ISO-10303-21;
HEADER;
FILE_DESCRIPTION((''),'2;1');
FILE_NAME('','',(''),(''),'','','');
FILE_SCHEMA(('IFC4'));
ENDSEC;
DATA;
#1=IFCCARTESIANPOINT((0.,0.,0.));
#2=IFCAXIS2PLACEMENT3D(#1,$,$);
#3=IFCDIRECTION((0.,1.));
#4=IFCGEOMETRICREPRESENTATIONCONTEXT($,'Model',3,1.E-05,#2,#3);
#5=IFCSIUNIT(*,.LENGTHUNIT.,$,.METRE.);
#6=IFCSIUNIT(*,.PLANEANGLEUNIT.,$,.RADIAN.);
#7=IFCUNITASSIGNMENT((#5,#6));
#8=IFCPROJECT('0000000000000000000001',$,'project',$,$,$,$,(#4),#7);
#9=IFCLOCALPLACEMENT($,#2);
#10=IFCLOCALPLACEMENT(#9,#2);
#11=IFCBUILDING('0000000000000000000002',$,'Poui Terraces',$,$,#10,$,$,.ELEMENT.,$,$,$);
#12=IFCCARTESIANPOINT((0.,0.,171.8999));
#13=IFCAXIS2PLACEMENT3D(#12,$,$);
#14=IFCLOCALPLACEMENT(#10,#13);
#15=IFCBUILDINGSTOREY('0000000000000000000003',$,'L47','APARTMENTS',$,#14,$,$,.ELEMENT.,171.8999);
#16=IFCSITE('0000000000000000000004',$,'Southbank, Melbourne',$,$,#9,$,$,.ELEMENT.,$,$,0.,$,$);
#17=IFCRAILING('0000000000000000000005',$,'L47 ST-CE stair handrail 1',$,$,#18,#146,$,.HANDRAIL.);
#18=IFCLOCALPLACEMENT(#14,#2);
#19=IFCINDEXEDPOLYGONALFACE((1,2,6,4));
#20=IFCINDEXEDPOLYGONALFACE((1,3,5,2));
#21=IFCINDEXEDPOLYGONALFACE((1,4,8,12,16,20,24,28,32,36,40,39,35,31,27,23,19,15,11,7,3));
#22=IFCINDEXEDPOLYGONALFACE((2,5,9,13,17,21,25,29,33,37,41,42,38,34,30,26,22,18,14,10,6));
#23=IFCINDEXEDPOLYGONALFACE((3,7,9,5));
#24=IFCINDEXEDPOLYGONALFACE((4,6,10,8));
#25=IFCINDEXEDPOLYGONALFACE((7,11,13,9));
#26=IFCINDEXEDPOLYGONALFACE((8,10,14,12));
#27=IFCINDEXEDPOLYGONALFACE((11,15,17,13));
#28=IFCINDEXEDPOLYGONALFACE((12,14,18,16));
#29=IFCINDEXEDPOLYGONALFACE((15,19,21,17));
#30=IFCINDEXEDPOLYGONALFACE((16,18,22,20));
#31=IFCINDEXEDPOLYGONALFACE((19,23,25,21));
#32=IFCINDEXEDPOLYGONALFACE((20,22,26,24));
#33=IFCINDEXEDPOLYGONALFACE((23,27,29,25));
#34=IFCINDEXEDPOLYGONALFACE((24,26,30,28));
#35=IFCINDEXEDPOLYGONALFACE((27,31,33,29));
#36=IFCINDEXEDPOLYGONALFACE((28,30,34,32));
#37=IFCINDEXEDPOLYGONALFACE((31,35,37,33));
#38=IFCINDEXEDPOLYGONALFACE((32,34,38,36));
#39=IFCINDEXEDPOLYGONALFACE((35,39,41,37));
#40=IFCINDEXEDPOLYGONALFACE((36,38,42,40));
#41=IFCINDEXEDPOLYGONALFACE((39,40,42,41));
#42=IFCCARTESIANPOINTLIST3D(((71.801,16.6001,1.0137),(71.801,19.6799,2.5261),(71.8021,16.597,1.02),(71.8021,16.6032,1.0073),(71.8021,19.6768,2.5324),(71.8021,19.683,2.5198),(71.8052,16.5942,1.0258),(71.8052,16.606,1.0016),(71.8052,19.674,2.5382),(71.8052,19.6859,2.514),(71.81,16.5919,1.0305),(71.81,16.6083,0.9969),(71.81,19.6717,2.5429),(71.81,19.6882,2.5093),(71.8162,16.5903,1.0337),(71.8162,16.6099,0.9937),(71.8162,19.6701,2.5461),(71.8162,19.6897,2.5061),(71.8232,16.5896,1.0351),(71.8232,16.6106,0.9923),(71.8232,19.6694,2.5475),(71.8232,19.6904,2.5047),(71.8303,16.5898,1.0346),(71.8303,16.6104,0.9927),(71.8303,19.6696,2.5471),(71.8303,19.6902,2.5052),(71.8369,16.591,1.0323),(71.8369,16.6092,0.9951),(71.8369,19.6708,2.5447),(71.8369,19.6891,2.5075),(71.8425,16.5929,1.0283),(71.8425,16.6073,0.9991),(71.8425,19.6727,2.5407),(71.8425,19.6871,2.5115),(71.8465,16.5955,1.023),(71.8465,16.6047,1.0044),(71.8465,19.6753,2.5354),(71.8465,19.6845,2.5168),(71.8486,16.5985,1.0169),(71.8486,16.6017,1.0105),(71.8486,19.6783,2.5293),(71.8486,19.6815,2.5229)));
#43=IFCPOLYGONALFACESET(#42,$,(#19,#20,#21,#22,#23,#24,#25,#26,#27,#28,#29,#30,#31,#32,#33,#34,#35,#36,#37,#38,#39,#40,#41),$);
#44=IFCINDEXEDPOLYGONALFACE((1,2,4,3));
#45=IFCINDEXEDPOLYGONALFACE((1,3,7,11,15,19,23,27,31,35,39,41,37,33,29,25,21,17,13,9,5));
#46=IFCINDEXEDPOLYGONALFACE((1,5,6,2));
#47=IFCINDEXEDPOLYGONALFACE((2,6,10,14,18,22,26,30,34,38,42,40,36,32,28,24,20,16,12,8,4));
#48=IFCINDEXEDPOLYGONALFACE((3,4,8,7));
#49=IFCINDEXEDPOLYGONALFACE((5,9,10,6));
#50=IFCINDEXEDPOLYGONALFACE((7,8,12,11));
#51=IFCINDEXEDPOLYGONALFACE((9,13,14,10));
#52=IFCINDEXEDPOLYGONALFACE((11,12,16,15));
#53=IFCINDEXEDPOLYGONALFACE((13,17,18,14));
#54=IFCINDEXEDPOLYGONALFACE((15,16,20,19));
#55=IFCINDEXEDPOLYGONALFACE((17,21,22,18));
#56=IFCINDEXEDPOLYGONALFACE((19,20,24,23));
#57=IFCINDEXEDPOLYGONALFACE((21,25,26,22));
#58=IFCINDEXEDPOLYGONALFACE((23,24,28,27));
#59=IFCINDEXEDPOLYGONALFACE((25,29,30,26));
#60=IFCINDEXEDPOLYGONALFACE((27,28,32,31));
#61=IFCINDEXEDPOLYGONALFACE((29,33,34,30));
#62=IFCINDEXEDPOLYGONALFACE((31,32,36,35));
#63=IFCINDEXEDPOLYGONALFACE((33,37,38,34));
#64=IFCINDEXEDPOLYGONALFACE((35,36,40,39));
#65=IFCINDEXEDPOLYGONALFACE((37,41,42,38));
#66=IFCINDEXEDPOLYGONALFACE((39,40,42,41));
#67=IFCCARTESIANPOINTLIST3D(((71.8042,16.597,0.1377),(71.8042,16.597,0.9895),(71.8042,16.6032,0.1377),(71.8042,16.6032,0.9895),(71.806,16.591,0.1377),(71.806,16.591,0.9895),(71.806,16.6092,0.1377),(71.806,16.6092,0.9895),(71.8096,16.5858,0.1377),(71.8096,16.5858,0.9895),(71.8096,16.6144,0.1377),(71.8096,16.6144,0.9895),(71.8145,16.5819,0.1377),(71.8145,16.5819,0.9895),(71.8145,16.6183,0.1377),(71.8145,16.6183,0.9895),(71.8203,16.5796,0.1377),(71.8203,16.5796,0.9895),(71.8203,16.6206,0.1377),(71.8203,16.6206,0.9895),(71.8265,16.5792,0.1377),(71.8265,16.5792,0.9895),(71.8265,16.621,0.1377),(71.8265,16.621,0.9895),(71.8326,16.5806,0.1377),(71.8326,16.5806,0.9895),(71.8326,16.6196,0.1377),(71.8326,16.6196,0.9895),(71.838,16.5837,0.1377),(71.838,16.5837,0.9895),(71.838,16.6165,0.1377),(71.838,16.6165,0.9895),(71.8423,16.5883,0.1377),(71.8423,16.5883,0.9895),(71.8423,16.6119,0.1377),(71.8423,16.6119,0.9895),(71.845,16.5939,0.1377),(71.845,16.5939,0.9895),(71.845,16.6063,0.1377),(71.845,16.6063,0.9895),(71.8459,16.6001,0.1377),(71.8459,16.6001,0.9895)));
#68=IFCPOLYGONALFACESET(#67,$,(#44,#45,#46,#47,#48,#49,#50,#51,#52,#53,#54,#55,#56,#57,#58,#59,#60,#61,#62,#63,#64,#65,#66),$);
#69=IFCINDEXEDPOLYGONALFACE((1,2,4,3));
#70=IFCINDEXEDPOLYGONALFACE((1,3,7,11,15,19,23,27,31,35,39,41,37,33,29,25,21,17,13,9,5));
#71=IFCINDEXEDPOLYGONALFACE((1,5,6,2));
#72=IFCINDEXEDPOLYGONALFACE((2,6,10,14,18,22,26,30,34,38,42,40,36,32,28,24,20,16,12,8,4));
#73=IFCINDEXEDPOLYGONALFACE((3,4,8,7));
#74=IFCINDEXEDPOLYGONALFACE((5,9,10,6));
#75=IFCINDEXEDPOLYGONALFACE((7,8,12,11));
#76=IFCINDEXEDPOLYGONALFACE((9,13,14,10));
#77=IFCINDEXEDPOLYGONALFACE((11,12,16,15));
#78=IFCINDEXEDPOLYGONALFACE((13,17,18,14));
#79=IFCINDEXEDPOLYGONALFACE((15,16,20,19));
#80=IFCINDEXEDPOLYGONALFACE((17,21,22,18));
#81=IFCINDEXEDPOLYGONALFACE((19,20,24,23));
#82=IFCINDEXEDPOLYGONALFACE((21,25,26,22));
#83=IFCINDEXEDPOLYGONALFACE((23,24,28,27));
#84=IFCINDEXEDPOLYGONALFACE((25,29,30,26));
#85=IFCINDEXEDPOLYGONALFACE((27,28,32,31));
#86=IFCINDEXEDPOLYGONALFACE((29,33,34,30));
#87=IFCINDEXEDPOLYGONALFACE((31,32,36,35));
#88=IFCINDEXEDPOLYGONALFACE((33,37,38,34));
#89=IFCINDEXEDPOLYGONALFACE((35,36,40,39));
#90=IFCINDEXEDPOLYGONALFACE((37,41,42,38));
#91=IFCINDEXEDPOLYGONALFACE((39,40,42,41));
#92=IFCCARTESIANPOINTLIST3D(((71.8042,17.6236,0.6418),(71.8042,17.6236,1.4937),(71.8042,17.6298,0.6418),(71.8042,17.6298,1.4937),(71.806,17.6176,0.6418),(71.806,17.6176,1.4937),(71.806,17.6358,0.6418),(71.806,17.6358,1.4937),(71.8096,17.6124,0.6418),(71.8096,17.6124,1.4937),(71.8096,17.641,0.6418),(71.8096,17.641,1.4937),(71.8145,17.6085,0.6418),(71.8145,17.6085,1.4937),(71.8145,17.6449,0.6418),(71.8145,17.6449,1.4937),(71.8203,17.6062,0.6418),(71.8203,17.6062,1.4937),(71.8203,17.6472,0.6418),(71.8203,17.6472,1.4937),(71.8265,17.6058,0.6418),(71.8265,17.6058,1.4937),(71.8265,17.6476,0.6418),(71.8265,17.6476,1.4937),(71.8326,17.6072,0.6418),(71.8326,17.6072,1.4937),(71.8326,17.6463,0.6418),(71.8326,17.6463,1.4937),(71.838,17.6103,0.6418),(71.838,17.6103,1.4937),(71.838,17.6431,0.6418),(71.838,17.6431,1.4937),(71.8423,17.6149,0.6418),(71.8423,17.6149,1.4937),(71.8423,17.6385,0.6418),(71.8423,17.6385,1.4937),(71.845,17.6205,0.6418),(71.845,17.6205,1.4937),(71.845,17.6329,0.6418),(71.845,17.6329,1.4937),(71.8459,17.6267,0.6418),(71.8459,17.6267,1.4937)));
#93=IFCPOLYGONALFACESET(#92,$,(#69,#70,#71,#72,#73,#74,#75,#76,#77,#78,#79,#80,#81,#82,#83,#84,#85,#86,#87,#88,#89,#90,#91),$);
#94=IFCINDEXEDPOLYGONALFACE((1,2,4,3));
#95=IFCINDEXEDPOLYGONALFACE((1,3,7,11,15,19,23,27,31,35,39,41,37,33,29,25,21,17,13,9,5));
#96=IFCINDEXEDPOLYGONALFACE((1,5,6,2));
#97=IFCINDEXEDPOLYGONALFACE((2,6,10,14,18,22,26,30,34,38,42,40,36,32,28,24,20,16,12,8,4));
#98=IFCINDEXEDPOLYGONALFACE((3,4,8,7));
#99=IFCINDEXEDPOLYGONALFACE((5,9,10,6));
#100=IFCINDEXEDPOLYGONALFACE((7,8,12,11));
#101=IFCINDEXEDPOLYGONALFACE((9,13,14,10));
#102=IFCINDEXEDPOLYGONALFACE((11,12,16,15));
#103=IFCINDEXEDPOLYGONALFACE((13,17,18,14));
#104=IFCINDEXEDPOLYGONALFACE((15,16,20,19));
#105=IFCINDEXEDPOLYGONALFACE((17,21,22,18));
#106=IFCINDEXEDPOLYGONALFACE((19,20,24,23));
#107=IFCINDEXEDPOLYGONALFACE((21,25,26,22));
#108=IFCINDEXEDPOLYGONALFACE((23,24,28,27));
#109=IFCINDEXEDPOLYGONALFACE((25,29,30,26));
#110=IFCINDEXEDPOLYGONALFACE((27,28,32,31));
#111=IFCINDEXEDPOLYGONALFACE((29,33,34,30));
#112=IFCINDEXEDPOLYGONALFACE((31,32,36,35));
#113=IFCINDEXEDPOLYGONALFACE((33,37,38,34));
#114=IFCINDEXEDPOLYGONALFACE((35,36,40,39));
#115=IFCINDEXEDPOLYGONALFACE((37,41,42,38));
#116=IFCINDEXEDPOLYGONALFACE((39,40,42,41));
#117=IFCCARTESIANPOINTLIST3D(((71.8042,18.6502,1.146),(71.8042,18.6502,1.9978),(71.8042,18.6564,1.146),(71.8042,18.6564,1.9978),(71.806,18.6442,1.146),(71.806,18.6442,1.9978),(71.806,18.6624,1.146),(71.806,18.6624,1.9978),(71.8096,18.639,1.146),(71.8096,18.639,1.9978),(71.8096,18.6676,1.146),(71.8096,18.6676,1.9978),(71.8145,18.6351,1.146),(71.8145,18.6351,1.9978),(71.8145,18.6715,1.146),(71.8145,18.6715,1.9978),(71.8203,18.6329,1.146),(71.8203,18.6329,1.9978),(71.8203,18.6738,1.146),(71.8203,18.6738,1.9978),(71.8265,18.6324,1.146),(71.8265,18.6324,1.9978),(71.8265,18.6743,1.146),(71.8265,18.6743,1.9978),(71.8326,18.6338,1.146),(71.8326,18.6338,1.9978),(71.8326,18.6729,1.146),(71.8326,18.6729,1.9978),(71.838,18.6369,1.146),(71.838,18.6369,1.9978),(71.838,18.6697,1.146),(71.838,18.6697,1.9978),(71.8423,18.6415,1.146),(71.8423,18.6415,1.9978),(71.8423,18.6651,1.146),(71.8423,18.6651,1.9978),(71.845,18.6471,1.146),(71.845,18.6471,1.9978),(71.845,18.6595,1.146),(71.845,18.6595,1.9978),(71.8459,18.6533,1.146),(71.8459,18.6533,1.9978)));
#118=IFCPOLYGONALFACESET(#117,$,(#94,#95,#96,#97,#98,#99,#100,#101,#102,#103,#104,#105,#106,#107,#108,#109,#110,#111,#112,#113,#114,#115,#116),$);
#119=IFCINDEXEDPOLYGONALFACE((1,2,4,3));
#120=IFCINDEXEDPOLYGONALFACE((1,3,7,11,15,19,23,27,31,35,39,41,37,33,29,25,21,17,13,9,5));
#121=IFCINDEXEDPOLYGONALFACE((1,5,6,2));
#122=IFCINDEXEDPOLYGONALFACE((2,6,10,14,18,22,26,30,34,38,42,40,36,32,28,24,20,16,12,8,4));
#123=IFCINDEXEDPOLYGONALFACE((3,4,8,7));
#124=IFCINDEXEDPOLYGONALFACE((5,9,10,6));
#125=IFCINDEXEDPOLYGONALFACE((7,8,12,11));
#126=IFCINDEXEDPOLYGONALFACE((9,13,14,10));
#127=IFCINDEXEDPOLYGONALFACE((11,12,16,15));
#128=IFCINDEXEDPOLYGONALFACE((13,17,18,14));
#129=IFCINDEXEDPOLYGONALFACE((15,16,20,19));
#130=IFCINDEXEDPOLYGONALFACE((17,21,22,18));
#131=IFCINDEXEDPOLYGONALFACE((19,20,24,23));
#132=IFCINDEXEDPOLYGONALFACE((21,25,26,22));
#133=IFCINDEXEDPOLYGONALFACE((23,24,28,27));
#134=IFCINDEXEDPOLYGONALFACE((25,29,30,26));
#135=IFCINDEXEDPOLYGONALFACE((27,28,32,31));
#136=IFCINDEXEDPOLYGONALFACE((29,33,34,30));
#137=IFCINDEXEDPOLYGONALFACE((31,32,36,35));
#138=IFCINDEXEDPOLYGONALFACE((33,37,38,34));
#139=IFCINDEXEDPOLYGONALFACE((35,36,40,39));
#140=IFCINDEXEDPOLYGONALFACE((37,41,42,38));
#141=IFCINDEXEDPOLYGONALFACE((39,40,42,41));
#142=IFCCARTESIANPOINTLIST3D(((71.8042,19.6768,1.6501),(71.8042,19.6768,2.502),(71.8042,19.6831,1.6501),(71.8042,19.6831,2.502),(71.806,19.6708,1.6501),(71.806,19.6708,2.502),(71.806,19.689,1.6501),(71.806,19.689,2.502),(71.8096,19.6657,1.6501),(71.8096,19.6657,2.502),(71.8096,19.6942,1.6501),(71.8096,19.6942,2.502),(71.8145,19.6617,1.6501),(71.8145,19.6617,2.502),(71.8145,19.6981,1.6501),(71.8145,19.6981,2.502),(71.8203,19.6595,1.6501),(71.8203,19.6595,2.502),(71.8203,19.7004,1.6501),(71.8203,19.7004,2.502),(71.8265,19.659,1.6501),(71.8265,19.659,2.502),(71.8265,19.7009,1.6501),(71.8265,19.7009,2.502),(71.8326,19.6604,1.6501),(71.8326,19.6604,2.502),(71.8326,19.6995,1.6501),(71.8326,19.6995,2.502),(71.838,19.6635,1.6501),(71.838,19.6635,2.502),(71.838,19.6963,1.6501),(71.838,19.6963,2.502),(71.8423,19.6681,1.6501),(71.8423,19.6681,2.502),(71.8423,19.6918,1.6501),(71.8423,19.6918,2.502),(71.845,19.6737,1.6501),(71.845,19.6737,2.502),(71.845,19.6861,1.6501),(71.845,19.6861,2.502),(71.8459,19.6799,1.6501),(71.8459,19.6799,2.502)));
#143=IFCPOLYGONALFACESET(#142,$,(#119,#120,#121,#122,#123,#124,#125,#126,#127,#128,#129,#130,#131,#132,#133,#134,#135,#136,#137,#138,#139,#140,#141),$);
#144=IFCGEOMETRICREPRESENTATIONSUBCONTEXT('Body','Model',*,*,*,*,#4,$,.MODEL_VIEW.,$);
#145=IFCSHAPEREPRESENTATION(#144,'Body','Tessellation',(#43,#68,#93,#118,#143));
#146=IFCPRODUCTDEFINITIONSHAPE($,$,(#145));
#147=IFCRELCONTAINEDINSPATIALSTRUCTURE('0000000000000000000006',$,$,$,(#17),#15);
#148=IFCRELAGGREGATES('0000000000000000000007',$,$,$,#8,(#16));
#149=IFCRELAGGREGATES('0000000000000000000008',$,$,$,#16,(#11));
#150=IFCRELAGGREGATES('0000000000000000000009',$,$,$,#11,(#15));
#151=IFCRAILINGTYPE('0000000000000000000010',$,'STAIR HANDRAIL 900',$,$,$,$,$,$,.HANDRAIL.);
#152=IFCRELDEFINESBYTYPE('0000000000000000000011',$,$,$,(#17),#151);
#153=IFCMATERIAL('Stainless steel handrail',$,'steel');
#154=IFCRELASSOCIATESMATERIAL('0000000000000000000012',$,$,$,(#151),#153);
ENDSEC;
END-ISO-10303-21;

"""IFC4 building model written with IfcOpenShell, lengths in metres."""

from ifc_helpers import new_model, si_unit, direction, frame, origin, origin_2d, place, context, subcontext, project, spatial, circle, extrude, material, type_object, element, save


model = new_model("IFC4")

# Units and contexts
model_context = context("Model", 3, precision=1e-05, world=origin(), true_north=direction((0.0, 1.0)))
body_context = subcontext(model_context, "Body", "Model", "MODEL_VIEW")
ifc_project = project(units=[si_unit("LENGTHUNIT", "METRE"), si_unit("PLANEANGLEUNIT", "RADIAN")], contexts=[model_context])

# Site, building, storey
site_placement = place(None, origin())
site = spatial("IfcSite", under=ifc_project, at=site_placement, Name="Southbank, Melbourne", CompositionType="ELEMENT", RefElevation=0.0)
building_placement = place(site_placement, origin())
building = spatial("IfcBuilding", under=site, at=building_placement, Name="Poui Terraces", CompositionType="ELEMENT")
storey_placement = place(building_placement, frame((0.0, 0.0, 171.8999)))
storey = spatial("IfcBuildingStorey", under=building, at=storey_placement, Name="L47", Description="APARTMENTS", CompositionType="ELEMENT", Elevation=171.8999)

# Railing
ifc_material_1 = material(Name="Stainless steel handrail", Category="steel")
railing_type_1 = type_object("IfcRailingType", Name="STAIR HANDRAIL 900", PredefinedType="HANDRAIL", material=ifc_material_1)
railing_1_placement = place(storey_placement, frame((71.825, 16.6001, 0.1377)))
element("IfcRailing", 1, at=railing_1_placement, inside=storey, type_object=railing_type_1, Name="L47 ST-CE stair handrail 1", PredefinedType="HANDRAIL", context=body_context, shape_type="SweptSolid", body=[
    extrude(circle(Radius=0.0239, at=origin_2d()), frame((0.0, 0.0, 0.876), z_axis=(0.0, 0.897606, 0.440798), x_axis=(-1.0, 0.0, 0.0)), (0.0, 0.0, 1.0), 3.4312),
    extrude(circle(Radius=0.021, at=origin_2d()), origin(), (0.0, 0.0, 1.0), 0.8518),
    extrude(circle(Radius=0.021, at=origin_2d()), frame((0.0, 1.0266, 0.5042)), (0.0, 0.0, 1.0), 0.8518),
    extrude(circle(Radius=0.021, at=origin_2d()), frame((0.0, 2.0532, 1.0083)), (0.0, 0.0, 1.0), 0.8518),
    extrude(circle(Radius=0.021, at=origin_2d()), frame((0.0, 3.0798, 1.5125)), (0.0, 0.0, 1.0), 0.8518),
])

save(model, "model.ifc")
